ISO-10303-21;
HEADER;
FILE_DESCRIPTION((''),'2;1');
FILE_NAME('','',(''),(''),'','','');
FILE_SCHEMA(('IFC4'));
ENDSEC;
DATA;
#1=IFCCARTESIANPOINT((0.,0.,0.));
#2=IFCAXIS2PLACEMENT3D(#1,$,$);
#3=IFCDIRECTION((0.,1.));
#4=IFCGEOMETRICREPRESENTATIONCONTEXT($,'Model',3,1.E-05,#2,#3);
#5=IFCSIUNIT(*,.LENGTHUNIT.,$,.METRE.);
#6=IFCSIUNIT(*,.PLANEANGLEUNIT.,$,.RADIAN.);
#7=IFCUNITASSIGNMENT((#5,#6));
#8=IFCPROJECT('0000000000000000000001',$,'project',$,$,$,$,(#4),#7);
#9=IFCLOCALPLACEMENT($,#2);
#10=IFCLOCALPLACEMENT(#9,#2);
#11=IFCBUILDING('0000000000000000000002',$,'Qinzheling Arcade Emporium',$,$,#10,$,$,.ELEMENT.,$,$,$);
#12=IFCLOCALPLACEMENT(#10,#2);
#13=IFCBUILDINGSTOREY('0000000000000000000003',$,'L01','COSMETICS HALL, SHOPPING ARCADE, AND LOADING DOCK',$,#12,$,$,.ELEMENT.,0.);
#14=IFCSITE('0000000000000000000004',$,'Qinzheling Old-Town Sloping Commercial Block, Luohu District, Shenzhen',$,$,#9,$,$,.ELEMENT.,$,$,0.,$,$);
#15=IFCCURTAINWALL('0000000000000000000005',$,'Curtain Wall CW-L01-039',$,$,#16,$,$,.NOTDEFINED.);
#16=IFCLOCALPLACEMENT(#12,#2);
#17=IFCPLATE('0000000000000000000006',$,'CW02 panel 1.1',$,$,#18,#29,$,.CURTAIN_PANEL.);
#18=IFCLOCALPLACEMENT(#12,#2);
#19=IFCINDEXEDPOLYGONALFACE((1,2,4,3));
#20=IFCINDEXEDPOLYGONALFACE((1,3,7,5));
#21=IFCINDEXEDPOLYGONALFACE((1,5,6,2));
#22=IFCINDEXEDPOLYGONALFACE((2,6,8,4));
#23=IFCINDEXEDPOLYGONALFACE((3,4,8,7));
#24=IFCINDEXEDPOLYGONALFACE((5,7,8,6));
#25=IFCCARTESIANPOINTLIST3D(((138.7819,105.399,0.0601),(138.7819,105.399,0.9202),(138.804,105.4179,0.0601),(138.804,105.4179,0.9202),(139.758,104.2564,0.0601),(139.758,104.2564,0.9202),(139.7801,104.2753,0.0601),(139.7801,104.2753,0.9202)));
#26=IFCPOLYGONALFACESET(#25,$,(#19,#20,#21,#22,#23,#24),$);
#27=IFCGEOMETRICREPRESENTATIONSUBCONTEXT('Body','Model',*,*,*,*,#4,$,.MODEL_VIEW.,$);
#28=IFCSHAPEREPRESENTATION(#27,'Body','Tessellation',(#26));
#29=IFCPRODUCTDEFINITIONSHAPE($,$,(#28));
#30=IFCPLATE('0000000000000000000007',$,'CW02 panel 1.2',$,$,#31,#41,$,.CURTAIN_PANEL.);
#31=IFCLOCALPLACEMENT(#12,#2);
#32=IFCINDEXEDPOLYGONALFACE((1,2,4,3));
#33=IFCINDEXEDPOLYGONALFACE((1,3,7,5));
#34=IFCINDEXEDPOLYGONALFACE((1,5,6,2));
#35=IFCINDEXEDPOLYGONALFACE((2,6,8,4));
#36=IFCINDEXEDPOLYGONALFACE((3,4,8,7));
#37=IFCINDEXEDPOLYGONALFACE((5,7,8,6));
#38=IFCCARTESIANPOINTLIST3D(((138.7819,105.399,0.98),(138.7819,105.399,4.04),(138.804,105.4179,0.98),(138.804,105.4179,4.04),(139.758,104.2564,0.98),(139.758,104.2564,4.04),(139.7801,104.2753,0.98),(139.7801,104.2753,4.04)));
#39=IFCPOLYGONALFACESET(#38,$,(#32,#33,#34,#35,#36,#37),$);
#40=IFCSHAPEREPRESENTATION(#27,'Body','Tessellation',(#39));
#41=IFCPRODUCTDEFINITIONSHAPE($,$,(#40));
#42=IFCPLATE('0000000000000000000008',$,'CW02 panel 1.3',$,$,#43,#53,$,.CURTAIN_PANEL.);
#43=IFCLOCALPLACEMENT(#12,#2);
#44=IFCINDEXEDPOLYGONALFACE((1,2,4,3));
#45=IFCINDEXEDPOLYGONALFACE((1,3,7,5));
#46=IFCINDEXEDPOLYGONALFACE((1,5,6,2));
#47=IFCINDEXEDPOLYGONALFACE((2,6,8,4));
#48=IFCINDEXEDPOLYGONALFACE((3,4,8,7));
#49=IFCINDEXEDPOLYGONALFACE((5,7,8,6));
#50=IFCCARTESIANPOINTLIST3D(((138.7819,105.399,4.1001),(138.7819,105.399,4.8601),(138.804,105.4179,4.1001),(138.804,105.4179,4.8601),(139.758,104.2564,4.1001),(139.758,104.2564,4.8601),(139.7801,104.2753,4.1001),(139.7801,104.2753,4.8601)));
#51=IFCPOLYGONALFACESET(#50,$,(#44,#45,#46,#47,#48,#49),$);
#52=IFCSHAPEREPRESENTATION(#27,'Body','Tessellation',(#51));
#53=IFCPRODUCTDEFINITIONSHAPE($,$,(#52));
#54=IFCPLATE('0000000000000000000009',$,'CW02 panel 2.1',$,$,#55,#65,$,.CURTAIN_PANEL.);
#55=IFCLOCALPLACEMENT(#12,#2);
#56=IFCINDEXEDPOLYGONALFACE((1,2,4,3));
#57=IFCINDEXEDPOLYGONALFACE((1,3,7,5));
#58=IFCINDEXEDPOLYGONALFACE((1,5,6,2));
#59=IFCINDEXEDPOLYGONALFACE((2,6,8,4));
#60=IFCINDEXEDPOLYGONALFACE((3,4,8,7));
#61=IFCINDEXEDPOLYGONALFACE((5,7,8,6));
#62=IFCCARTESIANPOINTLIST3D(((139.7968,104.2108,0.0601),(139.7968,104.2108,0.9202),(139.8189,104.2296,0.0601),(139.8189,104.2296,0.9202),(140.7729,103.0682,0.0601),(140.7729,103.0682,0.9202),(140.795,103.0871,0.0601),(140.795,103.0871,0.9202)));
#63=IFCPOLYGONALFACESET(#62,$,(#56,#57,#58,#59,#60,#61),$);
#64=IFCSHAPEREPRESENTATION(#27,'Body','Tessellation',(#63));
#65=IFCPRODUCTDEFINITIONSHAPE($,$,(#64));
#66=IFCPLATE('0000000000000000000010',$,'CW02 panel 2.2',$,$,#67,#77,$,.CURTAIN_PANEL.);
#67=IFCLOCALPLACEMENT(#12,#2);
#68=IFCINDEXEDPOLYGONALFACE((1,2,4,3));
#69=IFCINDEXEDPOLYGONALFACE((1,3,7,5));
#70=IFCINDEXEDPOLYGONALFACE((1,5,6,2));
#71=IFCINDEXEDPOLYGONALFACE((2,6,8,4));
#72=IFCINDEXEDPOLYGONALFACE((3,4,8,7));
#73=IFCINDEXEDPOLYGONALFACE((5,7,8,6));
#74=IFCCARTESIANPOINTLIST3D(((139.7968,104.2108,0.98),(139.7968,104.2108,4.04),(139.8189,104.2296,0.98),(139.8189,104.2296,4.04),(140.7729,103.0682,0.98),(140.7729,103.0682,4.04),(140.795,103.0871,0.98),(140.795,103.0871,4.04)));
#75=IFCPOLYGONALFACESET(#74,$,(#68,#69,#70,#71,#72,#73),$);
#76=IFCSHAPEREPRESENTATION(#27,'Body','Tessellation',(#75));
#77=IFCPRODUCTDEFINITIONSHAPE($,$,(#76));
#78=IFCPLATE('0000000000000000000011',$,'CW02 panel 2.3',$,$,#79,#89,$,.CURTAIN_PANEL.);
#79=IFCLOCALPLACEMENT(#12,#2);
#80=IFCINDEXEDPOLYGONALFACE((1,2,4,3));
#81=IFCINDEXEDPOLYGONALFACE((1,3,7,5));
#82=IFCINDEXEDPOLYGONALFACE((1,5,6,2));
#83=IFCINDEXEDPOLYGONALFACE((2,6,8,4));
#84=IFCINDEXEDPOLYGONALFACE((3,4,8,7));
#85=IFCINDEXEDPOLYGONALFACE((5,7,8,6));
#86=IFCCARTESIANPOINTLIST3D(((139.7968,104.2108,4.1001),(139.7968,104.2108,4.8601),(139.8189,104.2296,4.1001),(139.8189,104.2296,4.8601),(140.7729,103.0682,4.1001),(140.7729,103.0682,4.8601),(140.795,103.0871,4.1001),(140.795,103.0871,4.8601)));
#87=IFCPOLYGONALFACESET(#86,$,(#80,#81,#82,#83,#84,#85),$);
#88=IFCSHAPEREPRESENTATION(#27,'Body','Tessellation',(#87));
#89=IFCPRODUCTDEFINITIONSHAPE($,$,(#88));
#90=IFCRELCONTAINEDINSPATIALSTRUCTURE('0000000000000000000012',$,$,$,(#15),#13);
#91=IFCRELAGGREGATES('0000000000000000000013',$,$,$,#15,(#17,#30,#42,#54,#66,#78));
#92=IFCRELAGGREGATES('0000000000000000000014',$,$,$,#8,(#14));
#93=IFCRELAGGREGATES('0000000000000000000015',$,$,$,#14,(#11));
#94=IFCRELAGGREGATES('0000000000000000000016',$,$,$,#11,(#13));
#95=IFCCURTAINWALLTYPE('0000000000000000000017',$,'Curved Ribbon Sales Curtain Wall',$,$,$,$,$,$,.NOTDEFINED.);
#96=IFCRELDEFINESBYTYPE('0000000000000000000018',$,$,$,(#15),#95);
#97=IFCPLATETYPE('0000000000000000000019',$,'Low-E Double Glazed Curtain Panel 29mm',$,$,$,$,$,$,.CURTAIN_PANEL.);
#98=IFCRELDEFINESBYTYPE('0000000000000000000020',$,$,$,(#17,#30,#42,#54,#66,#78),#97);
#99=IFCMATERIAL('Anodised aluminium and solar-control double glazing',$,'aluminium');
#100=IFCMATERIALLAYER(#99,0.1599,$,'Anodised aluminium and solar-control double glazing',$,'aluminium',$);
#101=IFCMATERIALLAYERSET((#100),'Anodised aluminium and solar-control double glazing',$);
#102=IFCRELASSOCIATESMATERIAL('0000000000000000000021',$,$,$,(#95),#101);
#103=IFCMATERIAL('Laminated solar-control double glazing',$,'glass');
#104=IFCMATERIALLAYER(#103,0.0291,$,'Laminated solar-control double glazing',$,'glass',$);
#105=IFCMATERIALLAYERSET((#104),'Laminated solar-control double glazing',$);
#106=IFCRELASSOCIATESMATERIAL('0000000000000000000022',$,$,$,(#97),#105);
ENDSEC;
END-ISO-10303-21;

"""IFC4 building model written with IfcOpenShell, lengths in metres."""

from ifc_helpers import new_model, si_unit, direction, frame, origin, origin_2d, place, context, subcontext, project, spatial, rectangle, extrude, material, layer, layer_set, type_object, element, aggregate, save


model = new_model("IFC4")

# Units and contexts
model_context = context("Model", 3, precision=1e-05, world=origin(), true_north=direction((0.0, 1.0)))
body_context = subcontext(model_context, "Body", "Model", "MODEL_VIEW")
ifc_project = project(units=[si_unit("LENGTHUNIT", "METRE"), si_unit("PLANEANGLEUNIT", "RADIAN")], contexts=[model_context])

# Site, building, storey
site_placement = place(None, origin())
site = spatial("IfcSite", under=ifc_project, at=site_placement, Name="Qinzheling Old-Town Sloping Commercial Block, Luohu District, Shenzhen", CompositionType="ELEMENT", RefElevation=0.0)
building_placement = place(site_placement, origin())
building = spatial("IfcBuilding", under=site, at=building_placement, Name="Qinzheling Arcade Emporium", CompositionType="ELEMENT")
storey_placement = place(building_placement, origin())
storey = spatial("IfcBuildingStorey", under=building, at=storey_placement, Name="L01", Description="COSMETICS HALL, SHOPPING ARCADE, AND LOADING DOCK", CompositionType="ELEMENT", Elevation=0.0)

# Curtain wall
ifc_material_1 = material(Name="Anodised aluminium and solar-control double glazing", Category="aluminium")
ifc_layer_1 = layer(ifc_material_1, 0.1599, Name="Anodised aluminium and solar-control double glazing", Category="aluminium")
ifc_layer_set_1 = layer_set([ifc_layer_1], Name="Anodised aluminium and solar-control double glazing")
curtain_wall_type = type_object("IfcCurtainWallType", Name="Curved Ribbon Sales Curtain Wall", PredefinedType="NOTDEFINED", material=ifc_layer_set_1)
curtain_wall_1_placement = place(storey_placement, origin())
curtain_wall_1 = element("IfcCurtainWall", 1, at=curtain_wall_1_placement, inside=storey, type_object=curtain_wall_type, Name="Curtain Wall CW-L01-039", PredefinedType="NOTDEFINED")

# Plates
ifc_material_2 = material(Name="Laminated solar-control double glazing", Category="glass")
ifc_layer_2 = layer(ifc_material_2, 0.0291, Name="Laminated solar-control double glazing", Category="glass")
ifc_layer_set_2 = layer_set([ifc_layer_2], Name="Laminated solar-control double glazing")
plate_type_1 = type_object("IfcPlateType", Name="Low-E Double Glazed Curtain Panel 29mm", PredefinedType="CURTAIN_PANEL", material=ifc_layer_set_2)
plate_1_placement = place(storey_placement, frame((139.281, 104.8372, 0.0601), z_axis=(0.0, 0.0, 1.0), x_axis=(0.649524, -0.760341, 0.0)))
plate_1 = element("IfcPlate", 2, at=plate_1_placement, type_object=plate_type_1, Name="CW02 panel 1.1", PredefinedType="CURTAIN_PANEL", context=body_context, shape_type="SweptSolid", body=[
    extrude(rectangle(XDim=1.5027, YDim=0.0291, at=origin_2d()), origin(), (0.0, 0.0, 1.0), 0.8601),
])
plate_2_placement = place(storey_placement, frame((139.281, 104.8372, 0.98), z_axis=(0.0, 0.0, 1.0), x_axis=(0.649524, -0.760341, 0.0)))
plate_2 = element("IfcPlate", 3, at=plate_2_placement, type_object=plate_type_1, Name="CW02 panel 1.2", PredefinedType="CURTAIN_PANEL", context=body_context, shape_type="SweptSolid", body=[
    extrude(rectangle(XDim=1.5027, YDim=0.0291, at=origin_2d()), origin(), (0.0, 0.0, 1.0), 3.0601),
])
plate_3_placement = place(storey_placement, frame((139.281, 104.8372, 4.1001), z_axis=(0.0, 0.0, 1.0), x_axis=(0.649524, -0.760341, 0.0)))
plate_3 = element("IfcPlate", 4, at=plate_3_placement, type_object=plate_type_1, Name="CW02 panel 1.3", PredefinedType="CURTAIN_PANEL", context=body_context, shape_type="SweptSolid", body=[
    extrude(rectangle(XDim=1.5027, YDim=0.0291, at=origin_2d()), origin(), (0.0, 0.0, 1.0), 0.76),
])
plate_4_placement = place(storey_placement, frame((140.2959, 103.6489, 0.0601), z_axis=(0.0, 0.0, 1.0), x_axis=(0.649524, -0.760341, 0.0)))
plate_4 = element("IfcPlate", 5, at=plate_4_placement, type_object=plate_type_1, Name="CW02 panel 2.1", PredefinedType="CURTAIN_PANEL", context=body_context, shape_type="SweptSolid", body=[
    extrude(rectangle(XDim=1.5027, YDim=0.0291, at=origin_2d()), origin(), (0.0, 0.0, 1.0), 0.8601),
])
plate_5_placement = place(storey_placement, frame((140.2959, 103.6489, 0.98), z_axis=(0.0, 0.0, 1.0), x_axis=(0.649524, -0.760341, 0.0)))
plate_5 = element("IfcPlate", 6, at=plate_5_placement, type_object=plate_type_1, Name="CW02 panel 2.2", PredefinedType="CURTAIN_PANEL", context=body_context, shape_type="SweptSolid", body=[
    extrude(rectangle(XDim=1.5027, YDim=0.0291, at=origin_2d()), origin(), (0.0, 0.0, 1.0), 3.0601),
])
plate_6_placement = place(storey_placement, frame((140.2959, 103.6489, 4.1001), z_axis=(0.0, 0.0, 1.0), x_axis=(0.649524, -0.760341, 0.0)))
plate_6 = element("IfcPlate", 7, at=plate_6_placement, type_object=plate_type_1, Name="CW02 panel 2.3", PredefinedType="CURTAIN_PANEL", context=body_context, shape_type="SweptSolid", body=[
    extrude(rectangle(XDim=1.5027, YDim=0.0291, at=origin_2d()), origin(), (0.0, 0.0, 1.0), 0.76),
])
aggregate(curtain_wall_1, [plate_1, plate_2, plate_3, plate_4, plate_5, plate_6])

save(model, "model.ifc")
